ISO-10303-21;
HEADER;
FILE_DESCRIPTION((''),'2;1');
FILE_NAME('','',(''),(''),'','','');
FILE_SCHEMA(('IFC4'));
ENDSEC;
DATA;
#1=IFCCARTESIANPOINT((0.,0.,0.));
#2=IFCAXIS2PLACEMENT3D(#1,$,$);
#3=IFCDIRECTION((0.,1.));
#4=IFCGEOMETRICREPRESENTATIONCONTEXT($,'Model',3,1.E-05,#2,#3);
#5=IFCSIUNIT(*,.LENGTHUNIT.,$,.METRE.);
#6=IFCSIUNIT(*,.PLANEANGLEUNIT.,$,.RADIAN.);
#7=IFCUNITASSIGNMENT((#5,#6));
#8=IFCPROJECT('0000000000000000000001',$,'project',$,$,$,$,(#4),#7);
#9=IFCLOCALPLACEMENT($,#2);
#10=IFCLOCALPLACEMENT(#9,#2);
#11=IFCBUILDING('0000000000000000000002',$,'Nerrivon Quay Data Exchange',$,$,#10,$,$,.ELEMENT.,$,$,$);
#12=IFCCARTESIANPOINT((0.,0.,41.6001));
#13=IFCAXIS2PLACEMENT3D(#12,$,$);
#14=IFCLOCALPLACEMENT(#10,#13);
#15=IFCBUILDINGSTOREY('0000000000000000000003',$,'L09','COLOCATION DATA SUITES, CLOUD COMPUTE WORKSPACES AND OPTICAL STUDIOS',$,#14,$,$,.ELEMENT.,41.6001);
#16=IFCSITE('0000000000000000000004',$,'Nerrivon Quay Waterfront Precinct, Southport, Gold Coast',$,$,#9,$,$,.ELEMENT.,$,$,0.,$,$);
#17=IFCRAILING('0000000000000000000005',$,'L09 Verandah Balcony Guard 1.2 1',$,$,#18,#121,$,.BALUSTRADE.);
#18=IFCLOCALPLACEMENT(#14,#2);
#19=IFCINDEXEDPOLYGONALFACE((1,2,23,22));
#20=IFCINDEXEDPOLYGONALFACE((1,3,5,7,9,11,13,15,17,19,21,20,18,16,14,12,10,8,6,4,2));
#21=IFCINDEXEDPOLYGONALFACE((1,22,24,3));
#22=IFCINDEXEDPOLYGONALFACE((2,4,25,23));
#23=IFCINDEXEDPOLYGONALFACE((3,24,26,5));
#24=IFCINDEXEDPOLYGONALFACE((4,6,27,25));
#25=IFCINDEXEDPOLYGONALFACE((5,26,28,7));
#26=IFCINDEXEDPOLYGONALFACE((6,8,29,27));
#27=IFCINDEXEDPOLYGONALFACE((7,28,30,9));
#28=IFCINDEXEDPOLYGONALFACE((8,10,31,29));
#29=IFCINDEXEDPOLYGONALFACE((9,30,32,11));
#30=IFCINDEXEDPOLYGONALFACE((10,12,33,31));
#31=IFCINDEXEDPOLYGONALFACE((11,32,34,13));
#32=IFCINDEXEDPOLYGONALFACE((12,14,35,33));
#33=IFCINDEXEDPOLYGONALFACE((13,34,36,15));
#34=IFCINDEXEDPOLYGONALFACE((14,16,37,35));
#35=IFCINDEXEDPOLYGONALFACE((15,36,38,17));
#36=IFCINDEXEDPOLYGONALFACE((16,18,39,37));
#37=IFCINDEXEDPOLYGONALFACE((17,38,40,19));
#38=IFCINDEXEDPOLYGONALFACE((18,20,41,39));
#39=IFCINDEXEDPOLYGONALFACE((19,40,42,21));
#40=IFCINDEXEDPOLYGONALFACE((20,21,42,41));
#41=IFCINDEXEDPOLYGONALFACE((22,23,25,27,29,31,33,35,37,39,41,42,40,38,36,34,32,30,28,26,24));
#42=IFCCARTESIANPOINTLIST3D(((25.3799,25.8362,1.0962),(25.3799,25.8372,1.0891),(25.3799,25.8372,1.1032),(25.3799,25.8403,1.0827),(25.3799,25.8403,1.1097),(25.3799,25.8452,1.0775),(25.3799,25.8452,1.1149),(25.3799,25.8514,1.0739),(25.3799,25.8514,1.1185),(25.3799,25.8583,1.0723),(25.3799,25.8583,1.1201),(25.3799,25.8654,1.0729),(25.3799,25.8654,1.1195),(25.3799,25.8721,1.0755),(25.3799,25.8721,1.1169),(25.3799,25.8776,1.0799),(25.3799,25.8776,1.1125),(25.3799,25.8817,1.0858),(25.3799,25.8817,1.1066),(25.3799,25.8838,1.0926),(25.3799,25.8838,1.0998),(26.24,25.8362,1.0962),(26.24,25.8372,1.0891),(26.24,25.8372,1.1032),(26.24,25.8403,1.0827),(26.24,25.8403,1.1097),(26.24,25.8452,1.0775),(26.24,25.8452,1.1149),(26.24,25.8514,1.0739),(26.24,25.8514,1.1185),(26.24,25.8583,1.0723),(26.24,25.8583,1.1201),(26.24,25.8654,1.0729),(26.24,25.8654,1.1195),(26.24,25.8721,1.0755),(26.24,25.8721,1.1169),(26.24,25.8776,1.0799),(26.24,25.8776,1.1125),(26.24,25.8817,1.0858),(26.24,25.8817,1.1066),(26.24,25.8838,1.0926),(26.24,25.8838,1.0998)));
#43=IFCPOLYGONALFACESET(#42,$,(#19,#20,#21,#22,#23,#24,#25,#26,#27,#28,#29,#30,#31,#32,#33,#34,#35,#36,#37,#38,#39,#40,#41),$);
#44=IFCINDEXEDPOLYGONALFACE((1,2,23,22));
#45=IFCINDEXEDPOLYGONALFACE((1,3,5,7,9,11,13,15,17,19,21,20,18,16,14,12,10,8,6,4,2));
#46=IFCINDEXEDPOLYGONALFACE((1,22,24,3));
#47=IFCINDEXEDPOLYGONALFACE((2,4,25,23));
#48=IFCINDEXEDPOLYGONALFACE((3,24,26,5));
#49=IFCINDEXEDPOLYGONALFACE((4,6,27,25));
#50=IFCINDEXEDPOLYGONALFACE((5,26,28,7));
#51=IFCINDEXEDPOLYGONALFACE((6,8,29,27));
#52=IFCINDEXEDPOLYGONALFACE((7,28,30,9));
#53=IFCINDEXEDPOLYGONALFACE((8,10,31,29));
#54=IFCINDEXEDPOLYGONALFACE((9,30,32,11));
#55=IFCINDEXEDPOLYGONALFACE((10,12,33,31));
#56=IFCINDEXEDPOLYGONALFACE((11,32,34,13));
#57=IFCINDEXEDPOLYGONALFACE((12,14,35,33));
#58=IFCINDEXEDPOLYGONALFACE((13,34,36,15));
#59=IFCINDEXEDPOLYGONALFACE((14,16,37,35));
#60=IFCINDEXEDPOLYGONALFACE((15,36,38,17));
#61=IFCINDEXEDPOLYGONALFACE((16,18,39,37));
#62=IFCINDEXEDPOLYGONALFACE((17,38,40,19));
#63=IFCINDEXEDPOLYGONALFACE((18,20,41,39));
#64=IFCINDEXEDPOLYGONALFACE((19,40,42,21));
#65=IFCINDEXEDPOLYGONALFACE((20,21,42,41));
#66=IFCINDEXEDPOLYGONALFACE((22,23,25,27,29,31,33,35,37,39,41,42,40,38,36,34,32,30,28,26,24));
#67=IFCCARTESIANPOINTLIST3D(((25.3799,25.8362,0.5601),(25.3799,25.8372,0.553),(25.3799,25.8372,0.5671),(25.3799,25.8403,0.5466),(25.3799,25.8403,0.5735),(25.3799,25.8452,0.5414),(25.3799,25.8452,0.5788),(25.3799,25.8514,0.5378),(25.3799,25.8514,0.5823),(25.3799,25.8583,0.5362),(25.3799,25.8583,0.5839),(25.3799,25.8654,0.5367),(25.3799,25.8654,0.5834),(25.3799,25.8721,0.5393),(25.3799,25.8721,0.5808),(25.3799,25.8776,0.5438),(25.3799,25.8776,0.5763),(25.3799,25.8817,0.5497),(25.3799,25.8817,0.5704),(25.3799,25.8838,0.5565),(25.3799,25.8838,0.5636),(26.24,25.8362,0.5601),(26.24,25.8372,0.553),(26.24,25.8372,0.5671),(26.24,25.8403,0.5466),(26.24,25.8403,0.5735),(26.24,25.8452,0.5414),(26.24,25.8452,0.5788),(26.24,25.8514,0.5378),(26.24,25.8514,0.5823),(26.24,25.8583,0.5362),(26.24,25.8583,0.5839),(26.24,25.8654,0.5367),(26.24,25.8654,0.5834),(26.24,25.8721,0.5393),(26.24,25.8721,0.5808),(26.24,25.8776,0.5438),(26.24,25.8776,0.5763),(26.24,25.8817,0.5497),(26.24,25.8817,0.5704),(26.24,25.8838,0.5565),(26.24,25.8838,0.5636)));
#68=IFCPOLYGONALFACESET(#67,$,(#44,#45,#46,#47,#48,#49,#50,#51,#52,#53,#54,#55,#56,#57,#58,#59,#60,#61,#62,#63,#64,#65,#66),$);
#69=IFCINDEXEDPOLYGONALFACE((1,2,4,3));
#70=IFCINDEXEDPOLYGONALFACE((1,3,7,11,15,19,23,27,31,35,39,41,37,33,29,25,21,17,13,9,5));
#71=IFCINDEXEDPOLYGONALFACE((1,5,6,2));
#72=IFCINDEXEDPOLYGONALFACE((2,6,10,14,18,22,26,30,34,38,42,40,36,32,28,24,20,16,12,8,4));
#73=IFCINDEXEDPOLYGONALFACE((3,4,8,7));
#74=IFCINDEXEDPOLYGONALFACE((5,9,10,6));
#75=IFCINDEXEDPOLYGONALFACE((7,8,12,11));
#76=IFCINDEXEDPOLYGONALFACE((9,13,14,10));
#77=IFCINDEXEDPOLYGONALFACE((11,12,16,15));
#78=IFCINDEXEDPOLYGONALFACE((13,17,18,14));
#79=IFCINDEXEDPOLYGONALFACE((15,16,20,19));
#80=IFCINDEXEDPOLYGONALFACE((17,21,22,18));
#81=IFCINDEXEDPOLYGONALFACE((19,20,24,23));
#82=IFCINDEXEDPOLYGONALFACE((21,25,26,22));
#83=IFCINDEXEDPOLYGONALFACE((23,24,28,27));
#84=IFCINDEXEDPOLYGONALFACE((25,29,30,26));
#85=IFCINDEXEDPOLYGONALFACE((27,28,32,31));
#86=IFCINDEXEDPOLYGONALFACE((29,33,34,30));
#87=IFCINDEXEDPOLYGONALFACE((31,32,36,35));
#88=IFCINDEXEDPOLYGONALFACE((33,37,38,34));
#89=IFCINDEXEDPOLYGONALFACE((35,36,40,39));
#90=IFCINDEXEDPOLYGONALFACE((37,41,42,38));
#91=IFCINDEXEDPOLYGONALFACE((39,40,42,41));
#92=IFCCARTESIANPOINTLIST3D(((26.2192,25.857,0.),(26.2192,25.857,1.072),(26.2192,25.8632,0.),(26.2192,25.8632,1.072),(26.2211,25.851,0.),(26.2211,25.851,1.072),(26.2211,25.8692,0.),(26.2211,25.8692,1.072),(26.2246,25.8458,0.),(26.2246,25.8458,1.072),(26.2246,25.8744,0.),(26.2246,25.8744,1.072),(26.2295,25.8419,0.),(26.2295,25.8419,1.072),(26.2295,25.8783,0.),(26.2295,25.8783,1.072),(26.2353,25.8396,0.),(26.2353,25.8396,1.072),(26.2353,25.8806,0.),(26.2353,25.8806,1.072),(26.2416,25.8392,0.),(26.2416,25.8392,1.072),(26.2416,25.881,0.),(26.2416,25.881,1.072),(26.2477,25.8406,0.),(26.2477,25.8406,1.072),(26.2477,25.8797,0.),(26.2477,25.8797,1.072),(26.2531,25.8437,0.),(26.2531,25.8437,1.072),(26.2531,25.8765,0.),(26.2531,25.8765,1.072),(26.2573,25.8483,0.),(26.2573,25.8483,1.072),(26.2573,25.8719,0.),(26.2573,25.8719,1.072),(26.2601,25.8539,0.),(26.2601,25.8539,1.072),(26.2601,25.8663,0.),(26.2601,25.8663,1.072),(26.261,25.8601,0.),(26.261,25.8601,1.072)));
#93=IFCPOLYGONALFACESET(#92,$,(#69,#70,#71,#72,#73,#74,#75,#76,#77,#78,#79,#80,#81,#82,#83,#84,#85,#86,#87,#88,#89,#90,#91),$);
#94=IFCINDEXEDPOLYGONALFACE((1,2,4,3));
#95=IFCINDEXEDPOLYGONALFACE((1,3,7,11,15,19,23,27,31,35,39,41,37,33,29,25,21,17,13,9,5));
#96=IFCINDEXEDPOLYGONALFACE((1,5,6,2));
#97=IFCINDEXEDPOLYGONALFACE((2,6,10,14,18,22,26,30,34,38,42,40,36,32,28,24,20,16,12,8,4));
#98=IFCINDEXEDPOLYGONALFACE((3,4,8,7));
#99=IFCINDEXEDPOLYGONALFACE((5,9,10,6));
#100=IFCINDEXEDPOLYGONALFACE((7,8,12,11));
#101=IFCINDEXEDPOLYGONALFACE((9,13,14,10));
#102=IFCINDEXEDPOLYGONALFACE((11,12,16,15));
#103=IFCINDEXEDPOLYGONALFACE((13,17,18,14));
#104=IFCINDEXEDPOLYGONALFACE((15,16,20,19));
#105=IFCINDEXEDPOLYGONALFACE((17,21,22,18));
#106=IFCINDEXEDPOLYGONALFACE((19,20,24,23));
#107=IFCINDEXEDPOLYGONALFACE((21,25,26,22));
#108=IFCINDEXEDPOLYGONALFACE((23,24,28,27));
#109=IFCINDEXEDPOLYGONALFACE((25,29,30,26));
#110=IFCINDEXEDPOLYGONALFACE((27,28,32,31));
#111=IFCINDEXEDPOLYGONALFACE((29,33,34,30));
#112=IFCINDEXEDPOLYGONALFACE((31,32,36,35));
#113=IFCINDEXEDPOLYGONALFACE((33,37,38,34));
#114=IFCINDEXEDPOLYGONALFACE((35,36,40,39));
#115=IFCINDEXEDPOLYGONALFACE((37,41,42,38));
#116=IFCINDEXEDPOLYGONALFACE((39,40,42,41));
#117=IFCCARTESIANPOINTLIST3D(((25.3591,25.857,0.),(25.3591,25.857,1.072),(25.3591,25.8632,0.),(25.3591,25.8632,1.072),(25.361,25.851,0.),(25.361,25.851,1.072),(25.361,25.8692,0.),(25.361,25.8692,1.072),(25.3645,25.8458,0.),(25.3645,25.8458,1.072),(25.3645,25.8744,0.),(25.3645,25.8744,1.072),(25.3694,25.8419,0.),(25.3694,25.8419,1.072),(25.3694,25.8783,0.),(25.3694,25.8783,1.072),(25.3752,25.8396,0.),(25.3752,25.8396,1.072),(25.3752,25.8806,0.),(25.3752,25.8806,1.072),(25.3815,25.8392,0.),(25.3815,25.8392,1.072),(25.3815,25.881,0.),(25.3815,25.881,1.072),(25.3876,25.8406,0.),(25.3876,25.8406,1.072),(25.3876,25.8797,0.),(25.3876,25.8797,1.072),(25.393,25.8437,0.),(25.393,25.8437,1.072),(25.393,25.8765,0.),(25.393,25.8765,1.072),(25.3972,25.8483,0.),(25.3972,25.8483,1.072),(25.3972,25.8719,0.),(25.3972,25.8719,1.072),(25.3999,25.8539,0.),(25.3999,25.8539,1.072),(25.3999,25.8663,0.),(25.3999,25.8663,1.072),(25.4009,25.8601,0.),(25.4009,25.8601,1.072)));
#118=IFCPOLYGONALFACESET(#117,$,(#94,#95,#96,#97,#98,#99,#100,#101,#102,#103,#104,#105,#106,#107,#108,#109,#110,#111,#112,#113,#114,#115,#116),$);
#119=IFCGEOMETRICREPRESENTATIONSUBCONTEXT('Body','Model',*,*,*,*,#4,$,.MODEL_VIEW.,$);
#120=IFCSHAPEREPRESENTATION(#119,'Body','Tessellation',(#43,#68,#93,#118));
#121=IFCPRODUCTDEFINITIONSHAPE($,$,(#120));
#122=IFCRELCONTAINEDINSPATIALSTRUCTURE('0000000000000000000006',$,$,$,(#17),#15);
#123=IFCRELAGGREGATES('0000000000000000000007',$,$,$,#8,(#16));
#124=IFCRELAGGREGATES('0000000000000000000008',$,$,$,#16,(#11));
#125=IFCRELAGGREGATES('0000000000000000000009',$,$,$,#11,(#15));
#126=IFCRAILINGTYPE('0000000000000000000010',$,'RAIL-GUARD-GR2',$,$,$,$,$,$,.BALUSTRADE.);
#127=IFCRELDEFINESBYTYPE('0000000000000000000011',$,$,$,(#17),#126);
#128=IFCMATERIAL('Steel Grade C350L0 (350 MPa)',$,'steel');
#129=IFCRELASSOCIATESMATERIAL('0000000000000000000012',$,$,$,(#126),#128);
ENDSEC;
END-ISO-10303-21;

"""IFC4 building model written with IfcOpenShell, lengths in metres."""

from ifc_helpers import new_model, si_unit, direction, frame, origin, origin_2d, place, context, subcontext, project, spatial, circle, extrude, material, type_object, element, save


model = new_model("IFC4")

# Units and contexts
model_context = context("Model", 3, precision=1e-05, world=origin(), true_north=direction((0.0, 1.0)))
body_context = subcontext(model_context, "Body", "Model", "MODEL_VIEW")
ifc_project = project(units=[si_unit("LENGTHUNIT", "METRE"), si_unit("PLANEANGLEUNIT", "RADIAN")], contexts=[model_context])

# Site, building, storey
site_placement = place(None, origin())
site = spatial("IfcSite", under=ifc_project, at=site_placement, Name="Nerrivon Quay Waterfront Precinct, Southport, Gold Coast", CompositionType="ELEMENT", RefElevation=0.0)
building_placement = place(site_placement, origin())
building = spatial("IfcBuilding", under=site, at=building_placement, Name="Nerrivon Quay Data Exchange", CompositionType="ELEMENT")
storey_placement = place(building_placement, frame((0.0, 0.0, 41.6001)))
storey = spatial("IfcBuildingStorey", under=building, at=storey_placement, Name="L09", Description="COLOCATION DATA SUITES, CLOUD COMPUTE WORKSPACES AND OPTICAL STUDIOS", CompositionType="ELEMENT", Elevation=41.6001)

# Railing
ifc_material_1 = material(Name="Steel Grade C350L0 (350 MPa)", Category="steel")
railing_type = type_object("IfcRailingType", Name="RAIL-GUARD-GR2", PredefinedType="BALUSTRADE", material=ifc_material_1)
railing_1_placement = place(storey_placement, frame((26.24, 25.8601, 0.0)))
element("IfcRailing", 1, at=railing_1_placement, inside=storey, type_object=railing_type, Name="L09 Verandah Balcony Guard 1.2 1", PredefinedType="BALUSTRADE", context=body_context, shape_type="SweptSolid", body=[
    extrude(circle(Radius=0.0239, at=origin_2d()), frame((0.0, 0.0, 1.0962), z_axis=(-1.0, 0.0, 0.0), x_axis=(0.0, -1.0, 0.0)), (0.0, 0.0, 1.0), 0.8601),
    extrude(circle(Radius=0.0239, at=origin_2d()), frame((0.0, 0.0, 0.5601), z_axis=(-1.0, 0.0, 0.0), x_axis=(0.0, -1.0, 0.0)), (0.0, 0.0, 1.0), 0.8601),
    extrude(circle(Radius=0.021, at=origin_2d()), origin(), (0.0, 0.0, 1.0), 1.072),
    extrude(circle(Radius=0.021, at=origin_2d()), frame((-0.8601, 0.0, 0.0)), (0.0, 0.0, 1.0), 1.072),
])

save(model, "model.ifc")
